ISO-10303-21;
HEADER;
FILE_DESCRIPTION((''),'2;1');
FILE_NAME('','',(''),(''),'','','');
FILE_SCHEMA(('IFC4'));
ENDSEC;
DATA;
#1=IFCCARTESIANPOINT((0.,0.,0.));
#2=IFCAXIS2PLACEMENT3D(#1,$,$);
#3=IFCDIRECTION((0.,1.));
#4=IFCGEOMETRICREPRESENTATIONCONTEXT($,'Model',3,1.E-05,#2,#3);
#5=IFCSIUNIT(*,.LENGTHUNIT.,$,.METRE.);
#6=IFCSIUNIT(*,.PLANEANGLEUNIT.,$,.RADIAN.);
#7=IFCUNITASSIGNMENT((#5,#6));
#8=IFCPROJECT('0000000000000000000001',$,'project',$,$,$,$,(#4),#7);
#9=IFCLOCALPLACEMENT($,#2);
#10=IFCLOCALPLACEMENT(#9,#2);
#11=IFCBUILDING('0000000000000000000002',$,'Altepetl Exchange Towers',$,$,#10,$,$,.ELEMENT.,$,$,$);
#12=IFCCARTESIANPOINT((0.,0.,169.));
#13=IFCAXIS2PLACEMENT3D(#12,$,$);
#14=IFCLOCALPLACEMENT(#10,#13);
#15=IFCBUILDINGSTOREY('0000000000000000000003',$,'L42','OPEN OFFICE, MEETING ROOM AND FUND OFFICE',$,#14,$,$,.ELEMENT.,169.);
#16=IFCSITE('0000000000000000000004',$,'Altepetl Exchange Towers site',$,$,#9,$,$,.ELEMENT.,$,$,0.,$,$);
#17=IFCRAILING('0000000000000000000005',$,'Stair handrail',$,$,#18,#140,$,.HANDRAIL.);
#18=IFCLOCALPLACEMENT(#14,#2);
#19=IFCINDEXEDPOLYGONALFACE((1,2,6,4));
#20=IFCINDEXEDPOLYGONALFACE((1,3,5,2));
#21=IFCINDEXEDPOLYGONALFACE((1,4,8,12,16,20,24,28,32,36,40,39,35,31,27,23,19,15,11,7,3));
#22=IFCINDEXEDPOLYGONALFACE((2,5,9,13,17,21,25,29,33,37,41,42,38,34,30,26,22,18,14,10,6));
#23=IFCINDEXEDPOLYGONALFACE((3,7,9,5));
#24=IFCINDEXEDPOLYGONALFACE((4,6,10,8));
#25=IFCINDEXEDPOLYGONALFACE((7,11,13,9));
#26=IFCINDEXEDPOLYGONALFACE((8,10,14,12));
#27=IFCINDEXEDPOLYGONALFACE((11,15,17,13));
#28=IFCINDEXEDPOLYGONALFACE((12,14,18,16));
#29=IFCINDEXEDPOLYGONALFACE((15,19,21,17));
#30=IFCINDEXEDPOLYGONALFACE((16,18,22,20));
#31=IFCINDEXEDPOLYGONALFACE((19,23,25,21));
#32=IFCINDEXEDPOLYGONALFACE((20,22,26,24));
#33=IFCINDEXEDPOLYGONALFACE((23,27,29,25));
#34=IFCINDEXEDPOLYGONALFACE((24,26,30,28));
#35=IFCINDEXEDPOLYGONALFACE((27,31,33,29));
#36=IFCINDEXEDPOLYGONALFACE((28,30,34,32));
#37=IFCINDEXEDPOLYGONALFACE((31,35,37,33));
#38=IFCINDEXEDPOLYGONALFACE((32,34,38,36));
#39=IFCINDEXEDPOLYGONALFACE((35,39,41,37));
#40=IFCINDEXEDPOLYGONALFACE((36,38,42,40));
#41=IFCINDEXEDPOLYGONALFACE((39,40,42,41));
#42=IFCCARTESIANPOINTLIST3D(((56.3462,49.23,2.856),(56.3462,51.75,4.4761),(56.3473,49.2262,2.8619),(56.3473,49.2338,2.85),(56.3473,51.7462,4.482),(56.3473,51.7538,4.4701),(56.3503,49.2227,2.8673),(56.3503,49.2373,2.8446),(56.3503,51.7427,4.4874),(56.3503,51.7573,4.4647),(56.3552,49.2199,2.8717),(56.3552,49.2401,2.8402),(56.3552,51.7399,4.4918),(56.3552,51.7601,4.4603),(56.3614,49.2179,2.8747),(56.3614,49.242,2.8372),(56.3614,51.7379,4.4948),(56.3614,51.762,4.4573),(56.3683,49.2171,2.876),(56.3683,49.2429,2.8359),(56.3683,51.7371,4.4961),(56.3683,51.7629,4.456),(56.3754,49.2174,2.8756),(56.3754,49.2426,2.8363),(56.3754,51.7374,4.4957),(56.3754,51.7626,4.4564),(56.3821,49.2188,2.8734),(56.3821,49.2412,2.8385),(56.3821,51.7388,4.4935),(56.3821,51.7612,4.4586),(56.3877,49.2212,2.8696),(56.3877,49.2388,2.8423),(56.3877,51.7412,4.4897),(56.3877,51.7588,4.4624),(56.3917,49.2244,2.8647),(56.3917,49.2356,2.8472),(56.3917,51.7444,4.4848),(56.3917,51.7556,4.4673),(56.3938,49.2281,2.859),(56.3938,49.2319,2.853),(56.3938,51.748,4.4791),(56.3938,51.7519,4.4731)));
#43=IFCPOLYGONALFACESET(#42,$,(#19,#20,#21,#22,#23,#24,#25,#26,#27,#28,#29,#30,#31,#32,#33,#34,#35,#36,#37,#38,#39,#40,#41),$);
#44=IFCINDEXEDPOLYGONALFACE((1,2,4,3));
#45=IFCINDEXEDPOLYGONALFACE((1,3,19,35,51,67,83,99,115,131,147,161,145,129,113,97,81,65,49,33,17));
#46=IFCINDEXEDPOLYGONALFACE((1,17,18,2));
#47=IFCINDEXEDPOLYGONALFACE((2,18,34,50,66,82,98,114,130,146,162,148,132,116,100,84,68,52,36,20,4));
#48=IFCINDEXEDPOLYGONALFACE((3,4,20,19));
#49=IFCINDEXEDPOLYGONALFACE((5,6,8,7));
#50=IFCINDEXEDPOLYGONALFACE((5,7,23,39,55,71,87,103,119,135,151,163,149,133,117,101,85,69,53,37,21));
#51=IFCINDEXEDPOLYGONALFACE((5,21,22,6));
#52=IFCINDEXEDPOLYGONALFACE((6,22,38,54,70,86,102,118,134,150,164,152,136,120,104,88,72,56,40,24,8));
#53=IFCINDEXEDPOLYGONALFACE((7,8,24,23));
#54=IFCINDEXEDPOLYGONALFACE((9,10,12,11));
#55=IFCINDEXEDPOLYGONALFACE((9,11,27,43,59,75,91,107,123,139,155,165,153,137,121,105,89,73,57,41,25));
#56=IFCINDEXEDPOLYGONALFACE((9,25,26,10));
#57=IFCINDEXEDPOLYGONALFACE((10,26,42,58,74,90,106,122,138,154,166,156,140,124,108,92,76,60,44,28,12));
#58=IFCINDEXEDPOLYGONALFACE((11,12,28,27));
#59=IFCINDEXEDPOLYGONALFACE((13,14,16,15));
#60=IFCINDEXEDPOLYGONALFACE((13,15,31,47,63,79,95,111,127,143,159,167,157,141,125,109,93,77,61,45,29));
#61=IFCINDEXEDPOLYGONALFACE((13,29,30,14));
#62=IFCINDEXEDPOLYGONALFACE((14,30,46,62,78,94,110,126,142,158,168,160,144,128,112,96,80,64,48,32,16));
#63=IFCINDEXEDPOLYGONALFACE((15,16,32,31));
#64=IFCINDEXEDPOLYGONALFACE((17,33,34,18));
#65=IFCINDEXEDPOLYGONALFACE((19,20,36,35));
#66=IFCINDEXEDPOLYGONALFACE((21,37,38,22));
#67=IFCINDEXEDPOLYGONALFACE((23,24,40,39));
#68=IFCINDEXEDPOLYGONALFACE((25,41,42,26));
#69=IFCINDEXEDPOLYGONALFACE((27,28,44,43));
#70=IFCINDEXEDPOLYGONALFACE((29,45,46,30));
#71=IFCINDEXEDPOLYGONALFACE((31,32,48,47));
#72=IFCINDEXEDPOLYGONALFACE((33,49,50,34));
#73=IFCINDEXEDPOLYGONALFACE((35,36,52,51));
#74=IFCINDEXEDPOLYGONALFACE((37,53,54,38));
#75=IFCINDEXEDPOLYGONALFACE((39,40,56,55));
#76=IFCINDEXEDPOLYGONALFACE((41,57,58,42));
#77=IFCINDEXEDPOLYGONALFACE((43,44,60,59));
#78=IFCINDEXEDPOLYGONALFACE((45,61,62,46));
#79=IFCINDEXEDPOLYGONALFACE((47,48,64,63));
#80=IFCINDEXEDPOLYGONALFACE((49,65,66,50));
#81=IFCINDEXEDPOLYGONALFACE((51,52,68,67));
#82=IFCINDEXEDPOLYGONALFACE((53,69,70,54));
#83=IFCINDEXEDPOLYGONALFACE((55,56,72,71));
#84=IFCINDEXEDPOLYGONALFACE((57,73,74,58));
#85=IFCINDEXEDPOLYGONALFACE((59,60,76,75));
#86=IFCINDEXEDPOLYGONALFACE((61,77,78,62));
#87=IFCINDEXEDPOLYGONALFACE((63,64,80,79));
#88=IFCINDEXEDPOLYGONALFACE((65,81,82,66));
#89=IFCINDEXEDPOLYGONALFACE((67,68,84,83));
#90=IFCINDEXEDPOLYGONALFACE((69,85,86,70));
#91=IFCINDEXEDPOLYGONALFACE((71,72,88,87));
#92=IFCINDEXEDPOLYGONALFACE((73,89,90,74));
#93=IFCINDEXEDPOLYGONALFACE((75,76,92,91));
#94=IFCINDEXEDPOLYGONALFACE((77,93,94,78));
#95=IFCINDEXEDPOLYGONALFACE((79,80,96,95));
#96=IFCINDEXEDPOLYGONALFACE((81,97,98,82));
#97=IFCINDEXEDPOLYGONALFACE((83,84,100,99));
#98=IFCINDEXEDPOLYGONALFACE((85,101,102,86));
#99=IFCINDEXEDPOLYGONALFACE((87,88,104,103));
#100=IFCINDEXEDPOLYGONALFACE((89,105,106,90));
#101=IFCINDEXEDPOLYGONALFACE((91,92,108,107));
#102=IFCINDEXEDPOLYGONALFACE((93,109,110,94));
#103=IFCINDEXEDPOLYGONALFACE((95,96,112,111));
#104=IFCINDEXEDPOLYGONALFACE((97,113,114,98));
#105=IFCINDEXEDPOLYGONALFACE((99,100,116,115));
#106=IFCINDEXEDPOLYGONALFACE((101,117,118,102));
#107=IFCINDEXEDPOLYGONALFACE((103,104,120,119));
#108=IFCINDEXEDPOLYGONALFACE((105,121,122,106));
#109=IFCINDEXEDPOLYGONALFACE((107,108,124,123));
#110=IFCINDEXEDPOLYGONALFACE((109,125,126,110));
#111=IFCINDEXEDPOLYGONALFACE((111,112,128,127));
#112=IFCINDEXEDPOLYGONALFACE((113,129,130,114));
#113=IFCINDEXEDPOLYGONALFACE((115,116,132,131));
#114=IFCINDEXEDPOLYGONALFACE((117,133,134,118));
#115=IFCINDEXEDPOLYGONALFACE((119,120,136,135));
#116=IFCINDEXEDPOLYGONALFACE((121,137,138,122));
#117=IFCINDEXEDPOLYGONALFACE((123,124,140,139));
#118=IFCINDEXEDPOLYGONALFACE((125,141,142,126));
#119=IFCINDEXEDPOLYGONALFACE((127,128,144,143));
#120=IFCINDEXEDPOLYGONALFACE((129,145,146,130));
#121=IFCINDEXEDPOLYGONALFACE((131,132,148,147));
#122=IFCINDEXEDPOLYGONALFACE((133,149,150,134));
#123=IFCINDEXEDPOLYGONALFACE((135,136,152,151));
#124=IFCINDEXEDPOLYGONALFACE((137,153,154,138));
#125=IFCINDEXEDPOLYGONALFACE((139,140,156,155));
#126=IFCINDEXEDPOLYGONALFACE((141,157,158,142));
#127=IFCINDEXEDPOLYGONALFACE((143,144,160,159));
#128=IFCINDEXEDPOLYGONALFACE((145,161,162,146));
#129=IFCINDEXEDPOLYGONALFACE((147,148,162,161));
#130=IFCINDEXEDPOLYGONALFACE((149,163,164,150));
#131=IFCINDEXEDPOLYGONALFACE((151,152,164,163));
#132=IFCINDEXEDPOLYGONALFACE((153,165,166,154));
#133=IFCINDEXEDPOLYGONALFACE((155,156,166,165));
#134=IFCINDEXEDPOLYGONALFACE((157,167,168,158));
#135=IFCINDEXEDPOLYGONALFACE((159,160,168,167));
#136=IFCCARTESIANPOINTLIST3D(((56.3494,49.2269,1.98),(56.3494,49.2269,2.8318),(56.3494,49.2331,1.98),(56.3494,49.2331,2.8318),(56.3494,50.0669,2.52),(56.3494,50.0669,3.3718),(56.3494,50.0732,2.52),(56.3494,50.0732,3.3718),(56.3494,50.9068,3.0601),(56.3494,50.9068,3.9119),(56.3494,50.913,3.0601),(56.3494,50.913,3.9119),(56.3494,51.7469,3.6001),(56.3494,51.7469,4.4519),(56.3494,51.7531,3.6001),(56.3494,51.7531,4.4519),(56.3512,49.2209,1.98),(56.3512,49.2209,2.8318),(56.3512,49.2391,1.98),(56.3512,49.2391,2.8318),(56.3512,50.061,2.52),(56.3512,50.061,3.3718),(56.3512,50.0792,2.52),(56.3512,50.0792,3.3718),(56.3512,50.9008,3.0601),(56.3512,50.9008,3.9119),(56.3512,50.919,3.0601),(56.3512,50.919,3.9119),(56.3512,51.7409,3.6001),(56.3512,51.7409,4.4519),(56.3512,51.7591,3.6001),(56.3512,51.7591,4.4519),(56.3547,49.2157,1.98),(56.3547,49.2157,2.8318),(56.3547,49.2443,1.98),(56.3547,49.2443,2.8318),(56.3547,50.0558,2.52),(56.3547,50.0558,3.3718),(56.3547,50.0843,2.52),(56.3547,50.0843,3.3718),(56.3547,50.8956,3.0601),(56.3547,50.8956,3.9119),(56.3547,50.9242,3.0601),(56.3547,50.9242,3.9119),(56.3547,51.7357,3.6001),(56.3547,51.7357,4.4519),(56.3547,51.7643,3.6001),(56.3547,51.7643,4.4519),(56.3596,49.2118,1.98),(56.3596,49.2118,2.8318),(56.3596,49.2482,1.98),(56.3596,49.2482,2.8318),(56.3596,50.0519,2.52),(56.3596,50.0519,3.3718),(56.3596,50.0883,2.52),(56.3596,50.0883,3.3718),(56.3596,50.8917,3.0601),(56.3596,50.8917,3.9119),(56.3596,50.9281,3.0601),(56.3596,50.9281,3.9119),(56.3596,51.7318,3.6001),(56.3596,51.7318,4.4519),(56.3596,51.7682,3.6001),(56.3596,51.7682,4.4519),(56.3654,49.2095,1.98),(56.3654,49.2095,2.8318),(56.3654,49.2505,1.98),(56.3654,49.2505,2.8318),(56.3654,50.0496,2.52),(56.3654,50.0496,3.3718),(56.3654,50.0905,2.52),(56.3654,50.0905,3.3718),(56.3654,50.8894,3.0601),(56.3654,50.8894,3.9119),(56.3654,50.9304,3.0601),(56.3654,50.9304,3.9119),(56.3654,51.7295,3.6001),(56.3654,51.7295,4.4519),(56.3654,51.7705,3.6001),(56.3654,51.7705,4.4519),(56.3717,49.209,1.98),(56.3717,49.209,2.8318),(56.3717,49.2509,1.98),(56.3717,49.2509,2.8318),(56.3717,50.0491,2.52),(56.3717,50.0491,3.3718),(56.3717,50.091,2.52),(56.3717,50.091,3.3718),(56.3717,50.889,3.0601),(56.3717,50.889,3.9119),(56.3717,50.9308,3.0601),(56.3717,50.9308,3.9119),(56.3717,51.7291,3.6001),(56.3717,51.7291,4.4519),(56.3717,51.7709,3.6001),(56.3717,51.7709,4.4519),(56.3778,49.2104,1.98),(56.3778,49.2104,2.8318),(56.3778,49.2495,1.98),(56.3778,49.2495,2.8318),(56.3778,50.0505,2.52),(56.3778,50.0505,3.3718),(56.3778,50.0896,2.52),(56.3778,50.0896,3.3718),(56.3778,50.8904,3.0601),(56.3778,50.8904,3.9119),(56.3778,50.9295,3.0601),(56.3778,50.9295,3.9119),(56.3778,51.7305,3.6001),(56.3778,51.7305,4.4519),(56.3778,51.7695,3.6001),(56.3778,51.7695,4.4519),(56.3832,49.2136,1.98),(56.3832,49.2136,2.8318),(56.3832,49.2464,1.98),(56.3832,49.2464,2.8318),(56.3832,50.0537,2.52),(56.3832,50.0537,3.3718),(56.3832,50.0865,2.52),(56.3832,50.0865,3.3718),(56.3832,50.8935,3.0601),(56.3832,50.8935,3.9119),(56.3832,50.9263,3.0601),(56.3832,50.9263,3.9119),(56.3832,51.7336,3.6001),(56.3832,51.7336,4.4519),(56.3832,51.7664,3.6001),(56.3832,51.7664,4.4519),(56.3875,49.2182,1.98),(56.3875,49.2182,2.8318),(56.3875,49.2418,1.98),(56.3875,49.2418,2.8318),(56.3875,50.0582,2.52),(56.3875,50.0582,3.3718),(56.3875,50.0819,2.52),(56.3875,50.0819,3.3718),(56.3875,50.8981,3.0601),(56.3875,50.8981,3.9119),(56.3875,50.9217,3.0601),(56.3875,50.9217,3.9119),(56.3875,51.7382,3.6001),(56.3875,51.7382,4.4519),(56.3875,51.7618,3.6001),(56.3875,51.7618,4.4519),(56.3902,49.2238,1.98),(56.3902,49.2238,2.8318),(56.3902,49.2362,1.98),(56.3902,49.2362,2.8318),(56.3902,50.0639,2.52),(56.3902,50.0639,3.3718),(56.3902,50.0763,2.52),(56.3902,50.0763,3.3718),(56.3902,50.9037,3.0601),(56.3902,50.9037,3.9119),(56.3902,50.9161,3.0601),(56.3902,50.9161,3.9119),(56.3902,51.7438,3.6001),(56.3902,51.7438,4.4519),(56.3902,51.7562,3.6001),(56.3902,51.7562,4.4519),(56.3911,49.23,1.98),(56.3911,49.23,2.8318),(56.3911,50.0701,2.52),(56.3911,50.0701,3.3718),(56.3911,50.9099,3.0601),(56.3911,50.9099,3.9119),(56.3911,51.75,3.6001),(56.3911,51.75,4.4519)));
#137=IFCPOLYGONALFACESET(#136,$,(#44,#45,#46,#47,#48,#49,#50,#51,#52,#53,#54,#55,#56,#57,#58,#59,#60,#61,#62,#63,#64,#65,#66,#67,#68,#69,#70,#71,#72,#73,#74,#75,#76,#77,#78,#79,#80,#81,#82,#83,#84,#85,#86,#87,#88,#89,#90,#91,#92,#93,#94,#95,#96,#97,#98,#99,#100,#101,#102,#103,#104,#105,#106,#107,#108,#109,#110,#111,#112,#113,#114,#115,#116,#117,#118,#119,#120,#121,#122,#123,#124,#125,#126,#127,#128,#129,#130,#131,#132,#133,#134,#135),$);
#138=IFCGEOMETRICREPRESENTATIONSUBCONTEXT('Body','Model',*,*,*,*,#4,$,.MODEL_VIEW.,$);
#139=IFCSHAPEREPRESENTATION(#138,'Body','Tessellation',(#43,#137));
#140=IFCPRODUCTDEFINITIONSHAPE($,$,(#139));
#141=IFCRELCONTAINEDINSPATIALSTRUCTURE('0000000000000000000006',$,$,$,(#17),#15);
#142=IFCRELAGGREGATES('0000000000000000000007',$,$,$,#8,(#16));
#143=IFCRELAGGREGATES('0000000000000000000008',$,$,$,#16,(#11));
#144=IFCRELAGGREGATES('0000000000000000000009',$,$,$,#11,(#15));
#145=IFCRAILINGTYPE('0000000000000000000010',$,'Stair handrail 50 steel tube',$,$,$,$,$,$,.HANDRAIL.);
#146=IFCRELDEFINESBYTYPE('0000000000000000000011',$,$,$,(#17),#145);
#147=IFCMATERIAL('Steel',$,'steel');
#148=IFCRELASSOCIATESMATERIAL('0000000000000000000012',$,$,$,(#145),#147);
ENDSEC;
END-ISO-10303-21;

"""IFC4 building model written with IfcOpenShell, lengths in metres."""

from ifc_helpers import new_model, si_unit, direction, frame, origin, origin_2d, place, context, subcontext, project, spatial, circle, extrude, source, transform, mapped, material, type_object, element, save


model = new_model("IFC4")

# Units and contexts
model_context = context("Model", 3, precision=1e-05, world=origin(), true_north=direction((0.0, 1.0)))
body_context = subcontext(model_context, "Body", "Model", "MODEL_VIEW")
ifc_project = project(units=[si_unit("LENGTHUNIT", "METRE"), si_unit("PLANEANGLEUNIT", "RADIAN")], contexts=[model_context])

# Site, building, storey
site_placement = place(None, origin())
site = spatial("IfcSite", under=ifc_project, at=site_placement, Name="Altepetl Exchange Towers site", CompositionType="ELEMENT", RefElevation=0.0)
building_placement = place(site_placement, origin())
building = spatial("IfcBuilding", under=site, at=building_placement, Name="Altepetl Exchange Towers", CompositionType="ELEMENT")
storey_placement = place(building_placement, frame((0.0, 0.0, 169.0)))
storey = spatial("IfcBuildingStorey", under=building, at=storey_placement, Name="L42", Description="OPEN OFFICE, MEETING ROOM AND FUND OFFICE", CompositionType="ELEMENT", Elevation=169.0)

# Railing
ifc_material_1 = material(Name="Steel", Category="steel")
railing_type = type_object("IfcRailingType", Name="Stair handrail 50 steel tube", PredefinedType="HANDRAIL", material=ifc_material_1)
shared_shape = source(origin(), body_context, "Body", "SweptSolid", [
    extrude(circle(Radius=0.021, at=origin_2d()), origin(), (0.0, 0.0, 1.0), 0.8518),
])
railing_1_placement = place(storey_placement, frame((56.3701, 49.23, 1.98)))
element("IfcRailing", 1, at=railing_1_placement, inside=storey, type_object=railing_type, Name="Stair handrail", PredefinedType="HANDRAIL", context=body_context, shape_type="SweptSolid", body=[
    extrude(circle(Radius=0.0239, at=origin_2d()), frame((0.0, 0.0, 0.876), z_axis=(0.0, 0.841163, 0.540782), x_axis=(-1.0, 0.0, 0.0)), (0.0, 0.0, 1.0), 2.9958),
    mapped(shared_shape, transform((0.0, 0.0, 0.0))),
    mapped(shared_shape, transform((0.0, 0.8401, 0.54))),
    mapped(shared_shape, transform((0.0, 1.6799, 1.0801))),
    mapped(shared_shape, transform((0.0, 2.52, 1.6201))),
])

save(model, "model.ifc")
